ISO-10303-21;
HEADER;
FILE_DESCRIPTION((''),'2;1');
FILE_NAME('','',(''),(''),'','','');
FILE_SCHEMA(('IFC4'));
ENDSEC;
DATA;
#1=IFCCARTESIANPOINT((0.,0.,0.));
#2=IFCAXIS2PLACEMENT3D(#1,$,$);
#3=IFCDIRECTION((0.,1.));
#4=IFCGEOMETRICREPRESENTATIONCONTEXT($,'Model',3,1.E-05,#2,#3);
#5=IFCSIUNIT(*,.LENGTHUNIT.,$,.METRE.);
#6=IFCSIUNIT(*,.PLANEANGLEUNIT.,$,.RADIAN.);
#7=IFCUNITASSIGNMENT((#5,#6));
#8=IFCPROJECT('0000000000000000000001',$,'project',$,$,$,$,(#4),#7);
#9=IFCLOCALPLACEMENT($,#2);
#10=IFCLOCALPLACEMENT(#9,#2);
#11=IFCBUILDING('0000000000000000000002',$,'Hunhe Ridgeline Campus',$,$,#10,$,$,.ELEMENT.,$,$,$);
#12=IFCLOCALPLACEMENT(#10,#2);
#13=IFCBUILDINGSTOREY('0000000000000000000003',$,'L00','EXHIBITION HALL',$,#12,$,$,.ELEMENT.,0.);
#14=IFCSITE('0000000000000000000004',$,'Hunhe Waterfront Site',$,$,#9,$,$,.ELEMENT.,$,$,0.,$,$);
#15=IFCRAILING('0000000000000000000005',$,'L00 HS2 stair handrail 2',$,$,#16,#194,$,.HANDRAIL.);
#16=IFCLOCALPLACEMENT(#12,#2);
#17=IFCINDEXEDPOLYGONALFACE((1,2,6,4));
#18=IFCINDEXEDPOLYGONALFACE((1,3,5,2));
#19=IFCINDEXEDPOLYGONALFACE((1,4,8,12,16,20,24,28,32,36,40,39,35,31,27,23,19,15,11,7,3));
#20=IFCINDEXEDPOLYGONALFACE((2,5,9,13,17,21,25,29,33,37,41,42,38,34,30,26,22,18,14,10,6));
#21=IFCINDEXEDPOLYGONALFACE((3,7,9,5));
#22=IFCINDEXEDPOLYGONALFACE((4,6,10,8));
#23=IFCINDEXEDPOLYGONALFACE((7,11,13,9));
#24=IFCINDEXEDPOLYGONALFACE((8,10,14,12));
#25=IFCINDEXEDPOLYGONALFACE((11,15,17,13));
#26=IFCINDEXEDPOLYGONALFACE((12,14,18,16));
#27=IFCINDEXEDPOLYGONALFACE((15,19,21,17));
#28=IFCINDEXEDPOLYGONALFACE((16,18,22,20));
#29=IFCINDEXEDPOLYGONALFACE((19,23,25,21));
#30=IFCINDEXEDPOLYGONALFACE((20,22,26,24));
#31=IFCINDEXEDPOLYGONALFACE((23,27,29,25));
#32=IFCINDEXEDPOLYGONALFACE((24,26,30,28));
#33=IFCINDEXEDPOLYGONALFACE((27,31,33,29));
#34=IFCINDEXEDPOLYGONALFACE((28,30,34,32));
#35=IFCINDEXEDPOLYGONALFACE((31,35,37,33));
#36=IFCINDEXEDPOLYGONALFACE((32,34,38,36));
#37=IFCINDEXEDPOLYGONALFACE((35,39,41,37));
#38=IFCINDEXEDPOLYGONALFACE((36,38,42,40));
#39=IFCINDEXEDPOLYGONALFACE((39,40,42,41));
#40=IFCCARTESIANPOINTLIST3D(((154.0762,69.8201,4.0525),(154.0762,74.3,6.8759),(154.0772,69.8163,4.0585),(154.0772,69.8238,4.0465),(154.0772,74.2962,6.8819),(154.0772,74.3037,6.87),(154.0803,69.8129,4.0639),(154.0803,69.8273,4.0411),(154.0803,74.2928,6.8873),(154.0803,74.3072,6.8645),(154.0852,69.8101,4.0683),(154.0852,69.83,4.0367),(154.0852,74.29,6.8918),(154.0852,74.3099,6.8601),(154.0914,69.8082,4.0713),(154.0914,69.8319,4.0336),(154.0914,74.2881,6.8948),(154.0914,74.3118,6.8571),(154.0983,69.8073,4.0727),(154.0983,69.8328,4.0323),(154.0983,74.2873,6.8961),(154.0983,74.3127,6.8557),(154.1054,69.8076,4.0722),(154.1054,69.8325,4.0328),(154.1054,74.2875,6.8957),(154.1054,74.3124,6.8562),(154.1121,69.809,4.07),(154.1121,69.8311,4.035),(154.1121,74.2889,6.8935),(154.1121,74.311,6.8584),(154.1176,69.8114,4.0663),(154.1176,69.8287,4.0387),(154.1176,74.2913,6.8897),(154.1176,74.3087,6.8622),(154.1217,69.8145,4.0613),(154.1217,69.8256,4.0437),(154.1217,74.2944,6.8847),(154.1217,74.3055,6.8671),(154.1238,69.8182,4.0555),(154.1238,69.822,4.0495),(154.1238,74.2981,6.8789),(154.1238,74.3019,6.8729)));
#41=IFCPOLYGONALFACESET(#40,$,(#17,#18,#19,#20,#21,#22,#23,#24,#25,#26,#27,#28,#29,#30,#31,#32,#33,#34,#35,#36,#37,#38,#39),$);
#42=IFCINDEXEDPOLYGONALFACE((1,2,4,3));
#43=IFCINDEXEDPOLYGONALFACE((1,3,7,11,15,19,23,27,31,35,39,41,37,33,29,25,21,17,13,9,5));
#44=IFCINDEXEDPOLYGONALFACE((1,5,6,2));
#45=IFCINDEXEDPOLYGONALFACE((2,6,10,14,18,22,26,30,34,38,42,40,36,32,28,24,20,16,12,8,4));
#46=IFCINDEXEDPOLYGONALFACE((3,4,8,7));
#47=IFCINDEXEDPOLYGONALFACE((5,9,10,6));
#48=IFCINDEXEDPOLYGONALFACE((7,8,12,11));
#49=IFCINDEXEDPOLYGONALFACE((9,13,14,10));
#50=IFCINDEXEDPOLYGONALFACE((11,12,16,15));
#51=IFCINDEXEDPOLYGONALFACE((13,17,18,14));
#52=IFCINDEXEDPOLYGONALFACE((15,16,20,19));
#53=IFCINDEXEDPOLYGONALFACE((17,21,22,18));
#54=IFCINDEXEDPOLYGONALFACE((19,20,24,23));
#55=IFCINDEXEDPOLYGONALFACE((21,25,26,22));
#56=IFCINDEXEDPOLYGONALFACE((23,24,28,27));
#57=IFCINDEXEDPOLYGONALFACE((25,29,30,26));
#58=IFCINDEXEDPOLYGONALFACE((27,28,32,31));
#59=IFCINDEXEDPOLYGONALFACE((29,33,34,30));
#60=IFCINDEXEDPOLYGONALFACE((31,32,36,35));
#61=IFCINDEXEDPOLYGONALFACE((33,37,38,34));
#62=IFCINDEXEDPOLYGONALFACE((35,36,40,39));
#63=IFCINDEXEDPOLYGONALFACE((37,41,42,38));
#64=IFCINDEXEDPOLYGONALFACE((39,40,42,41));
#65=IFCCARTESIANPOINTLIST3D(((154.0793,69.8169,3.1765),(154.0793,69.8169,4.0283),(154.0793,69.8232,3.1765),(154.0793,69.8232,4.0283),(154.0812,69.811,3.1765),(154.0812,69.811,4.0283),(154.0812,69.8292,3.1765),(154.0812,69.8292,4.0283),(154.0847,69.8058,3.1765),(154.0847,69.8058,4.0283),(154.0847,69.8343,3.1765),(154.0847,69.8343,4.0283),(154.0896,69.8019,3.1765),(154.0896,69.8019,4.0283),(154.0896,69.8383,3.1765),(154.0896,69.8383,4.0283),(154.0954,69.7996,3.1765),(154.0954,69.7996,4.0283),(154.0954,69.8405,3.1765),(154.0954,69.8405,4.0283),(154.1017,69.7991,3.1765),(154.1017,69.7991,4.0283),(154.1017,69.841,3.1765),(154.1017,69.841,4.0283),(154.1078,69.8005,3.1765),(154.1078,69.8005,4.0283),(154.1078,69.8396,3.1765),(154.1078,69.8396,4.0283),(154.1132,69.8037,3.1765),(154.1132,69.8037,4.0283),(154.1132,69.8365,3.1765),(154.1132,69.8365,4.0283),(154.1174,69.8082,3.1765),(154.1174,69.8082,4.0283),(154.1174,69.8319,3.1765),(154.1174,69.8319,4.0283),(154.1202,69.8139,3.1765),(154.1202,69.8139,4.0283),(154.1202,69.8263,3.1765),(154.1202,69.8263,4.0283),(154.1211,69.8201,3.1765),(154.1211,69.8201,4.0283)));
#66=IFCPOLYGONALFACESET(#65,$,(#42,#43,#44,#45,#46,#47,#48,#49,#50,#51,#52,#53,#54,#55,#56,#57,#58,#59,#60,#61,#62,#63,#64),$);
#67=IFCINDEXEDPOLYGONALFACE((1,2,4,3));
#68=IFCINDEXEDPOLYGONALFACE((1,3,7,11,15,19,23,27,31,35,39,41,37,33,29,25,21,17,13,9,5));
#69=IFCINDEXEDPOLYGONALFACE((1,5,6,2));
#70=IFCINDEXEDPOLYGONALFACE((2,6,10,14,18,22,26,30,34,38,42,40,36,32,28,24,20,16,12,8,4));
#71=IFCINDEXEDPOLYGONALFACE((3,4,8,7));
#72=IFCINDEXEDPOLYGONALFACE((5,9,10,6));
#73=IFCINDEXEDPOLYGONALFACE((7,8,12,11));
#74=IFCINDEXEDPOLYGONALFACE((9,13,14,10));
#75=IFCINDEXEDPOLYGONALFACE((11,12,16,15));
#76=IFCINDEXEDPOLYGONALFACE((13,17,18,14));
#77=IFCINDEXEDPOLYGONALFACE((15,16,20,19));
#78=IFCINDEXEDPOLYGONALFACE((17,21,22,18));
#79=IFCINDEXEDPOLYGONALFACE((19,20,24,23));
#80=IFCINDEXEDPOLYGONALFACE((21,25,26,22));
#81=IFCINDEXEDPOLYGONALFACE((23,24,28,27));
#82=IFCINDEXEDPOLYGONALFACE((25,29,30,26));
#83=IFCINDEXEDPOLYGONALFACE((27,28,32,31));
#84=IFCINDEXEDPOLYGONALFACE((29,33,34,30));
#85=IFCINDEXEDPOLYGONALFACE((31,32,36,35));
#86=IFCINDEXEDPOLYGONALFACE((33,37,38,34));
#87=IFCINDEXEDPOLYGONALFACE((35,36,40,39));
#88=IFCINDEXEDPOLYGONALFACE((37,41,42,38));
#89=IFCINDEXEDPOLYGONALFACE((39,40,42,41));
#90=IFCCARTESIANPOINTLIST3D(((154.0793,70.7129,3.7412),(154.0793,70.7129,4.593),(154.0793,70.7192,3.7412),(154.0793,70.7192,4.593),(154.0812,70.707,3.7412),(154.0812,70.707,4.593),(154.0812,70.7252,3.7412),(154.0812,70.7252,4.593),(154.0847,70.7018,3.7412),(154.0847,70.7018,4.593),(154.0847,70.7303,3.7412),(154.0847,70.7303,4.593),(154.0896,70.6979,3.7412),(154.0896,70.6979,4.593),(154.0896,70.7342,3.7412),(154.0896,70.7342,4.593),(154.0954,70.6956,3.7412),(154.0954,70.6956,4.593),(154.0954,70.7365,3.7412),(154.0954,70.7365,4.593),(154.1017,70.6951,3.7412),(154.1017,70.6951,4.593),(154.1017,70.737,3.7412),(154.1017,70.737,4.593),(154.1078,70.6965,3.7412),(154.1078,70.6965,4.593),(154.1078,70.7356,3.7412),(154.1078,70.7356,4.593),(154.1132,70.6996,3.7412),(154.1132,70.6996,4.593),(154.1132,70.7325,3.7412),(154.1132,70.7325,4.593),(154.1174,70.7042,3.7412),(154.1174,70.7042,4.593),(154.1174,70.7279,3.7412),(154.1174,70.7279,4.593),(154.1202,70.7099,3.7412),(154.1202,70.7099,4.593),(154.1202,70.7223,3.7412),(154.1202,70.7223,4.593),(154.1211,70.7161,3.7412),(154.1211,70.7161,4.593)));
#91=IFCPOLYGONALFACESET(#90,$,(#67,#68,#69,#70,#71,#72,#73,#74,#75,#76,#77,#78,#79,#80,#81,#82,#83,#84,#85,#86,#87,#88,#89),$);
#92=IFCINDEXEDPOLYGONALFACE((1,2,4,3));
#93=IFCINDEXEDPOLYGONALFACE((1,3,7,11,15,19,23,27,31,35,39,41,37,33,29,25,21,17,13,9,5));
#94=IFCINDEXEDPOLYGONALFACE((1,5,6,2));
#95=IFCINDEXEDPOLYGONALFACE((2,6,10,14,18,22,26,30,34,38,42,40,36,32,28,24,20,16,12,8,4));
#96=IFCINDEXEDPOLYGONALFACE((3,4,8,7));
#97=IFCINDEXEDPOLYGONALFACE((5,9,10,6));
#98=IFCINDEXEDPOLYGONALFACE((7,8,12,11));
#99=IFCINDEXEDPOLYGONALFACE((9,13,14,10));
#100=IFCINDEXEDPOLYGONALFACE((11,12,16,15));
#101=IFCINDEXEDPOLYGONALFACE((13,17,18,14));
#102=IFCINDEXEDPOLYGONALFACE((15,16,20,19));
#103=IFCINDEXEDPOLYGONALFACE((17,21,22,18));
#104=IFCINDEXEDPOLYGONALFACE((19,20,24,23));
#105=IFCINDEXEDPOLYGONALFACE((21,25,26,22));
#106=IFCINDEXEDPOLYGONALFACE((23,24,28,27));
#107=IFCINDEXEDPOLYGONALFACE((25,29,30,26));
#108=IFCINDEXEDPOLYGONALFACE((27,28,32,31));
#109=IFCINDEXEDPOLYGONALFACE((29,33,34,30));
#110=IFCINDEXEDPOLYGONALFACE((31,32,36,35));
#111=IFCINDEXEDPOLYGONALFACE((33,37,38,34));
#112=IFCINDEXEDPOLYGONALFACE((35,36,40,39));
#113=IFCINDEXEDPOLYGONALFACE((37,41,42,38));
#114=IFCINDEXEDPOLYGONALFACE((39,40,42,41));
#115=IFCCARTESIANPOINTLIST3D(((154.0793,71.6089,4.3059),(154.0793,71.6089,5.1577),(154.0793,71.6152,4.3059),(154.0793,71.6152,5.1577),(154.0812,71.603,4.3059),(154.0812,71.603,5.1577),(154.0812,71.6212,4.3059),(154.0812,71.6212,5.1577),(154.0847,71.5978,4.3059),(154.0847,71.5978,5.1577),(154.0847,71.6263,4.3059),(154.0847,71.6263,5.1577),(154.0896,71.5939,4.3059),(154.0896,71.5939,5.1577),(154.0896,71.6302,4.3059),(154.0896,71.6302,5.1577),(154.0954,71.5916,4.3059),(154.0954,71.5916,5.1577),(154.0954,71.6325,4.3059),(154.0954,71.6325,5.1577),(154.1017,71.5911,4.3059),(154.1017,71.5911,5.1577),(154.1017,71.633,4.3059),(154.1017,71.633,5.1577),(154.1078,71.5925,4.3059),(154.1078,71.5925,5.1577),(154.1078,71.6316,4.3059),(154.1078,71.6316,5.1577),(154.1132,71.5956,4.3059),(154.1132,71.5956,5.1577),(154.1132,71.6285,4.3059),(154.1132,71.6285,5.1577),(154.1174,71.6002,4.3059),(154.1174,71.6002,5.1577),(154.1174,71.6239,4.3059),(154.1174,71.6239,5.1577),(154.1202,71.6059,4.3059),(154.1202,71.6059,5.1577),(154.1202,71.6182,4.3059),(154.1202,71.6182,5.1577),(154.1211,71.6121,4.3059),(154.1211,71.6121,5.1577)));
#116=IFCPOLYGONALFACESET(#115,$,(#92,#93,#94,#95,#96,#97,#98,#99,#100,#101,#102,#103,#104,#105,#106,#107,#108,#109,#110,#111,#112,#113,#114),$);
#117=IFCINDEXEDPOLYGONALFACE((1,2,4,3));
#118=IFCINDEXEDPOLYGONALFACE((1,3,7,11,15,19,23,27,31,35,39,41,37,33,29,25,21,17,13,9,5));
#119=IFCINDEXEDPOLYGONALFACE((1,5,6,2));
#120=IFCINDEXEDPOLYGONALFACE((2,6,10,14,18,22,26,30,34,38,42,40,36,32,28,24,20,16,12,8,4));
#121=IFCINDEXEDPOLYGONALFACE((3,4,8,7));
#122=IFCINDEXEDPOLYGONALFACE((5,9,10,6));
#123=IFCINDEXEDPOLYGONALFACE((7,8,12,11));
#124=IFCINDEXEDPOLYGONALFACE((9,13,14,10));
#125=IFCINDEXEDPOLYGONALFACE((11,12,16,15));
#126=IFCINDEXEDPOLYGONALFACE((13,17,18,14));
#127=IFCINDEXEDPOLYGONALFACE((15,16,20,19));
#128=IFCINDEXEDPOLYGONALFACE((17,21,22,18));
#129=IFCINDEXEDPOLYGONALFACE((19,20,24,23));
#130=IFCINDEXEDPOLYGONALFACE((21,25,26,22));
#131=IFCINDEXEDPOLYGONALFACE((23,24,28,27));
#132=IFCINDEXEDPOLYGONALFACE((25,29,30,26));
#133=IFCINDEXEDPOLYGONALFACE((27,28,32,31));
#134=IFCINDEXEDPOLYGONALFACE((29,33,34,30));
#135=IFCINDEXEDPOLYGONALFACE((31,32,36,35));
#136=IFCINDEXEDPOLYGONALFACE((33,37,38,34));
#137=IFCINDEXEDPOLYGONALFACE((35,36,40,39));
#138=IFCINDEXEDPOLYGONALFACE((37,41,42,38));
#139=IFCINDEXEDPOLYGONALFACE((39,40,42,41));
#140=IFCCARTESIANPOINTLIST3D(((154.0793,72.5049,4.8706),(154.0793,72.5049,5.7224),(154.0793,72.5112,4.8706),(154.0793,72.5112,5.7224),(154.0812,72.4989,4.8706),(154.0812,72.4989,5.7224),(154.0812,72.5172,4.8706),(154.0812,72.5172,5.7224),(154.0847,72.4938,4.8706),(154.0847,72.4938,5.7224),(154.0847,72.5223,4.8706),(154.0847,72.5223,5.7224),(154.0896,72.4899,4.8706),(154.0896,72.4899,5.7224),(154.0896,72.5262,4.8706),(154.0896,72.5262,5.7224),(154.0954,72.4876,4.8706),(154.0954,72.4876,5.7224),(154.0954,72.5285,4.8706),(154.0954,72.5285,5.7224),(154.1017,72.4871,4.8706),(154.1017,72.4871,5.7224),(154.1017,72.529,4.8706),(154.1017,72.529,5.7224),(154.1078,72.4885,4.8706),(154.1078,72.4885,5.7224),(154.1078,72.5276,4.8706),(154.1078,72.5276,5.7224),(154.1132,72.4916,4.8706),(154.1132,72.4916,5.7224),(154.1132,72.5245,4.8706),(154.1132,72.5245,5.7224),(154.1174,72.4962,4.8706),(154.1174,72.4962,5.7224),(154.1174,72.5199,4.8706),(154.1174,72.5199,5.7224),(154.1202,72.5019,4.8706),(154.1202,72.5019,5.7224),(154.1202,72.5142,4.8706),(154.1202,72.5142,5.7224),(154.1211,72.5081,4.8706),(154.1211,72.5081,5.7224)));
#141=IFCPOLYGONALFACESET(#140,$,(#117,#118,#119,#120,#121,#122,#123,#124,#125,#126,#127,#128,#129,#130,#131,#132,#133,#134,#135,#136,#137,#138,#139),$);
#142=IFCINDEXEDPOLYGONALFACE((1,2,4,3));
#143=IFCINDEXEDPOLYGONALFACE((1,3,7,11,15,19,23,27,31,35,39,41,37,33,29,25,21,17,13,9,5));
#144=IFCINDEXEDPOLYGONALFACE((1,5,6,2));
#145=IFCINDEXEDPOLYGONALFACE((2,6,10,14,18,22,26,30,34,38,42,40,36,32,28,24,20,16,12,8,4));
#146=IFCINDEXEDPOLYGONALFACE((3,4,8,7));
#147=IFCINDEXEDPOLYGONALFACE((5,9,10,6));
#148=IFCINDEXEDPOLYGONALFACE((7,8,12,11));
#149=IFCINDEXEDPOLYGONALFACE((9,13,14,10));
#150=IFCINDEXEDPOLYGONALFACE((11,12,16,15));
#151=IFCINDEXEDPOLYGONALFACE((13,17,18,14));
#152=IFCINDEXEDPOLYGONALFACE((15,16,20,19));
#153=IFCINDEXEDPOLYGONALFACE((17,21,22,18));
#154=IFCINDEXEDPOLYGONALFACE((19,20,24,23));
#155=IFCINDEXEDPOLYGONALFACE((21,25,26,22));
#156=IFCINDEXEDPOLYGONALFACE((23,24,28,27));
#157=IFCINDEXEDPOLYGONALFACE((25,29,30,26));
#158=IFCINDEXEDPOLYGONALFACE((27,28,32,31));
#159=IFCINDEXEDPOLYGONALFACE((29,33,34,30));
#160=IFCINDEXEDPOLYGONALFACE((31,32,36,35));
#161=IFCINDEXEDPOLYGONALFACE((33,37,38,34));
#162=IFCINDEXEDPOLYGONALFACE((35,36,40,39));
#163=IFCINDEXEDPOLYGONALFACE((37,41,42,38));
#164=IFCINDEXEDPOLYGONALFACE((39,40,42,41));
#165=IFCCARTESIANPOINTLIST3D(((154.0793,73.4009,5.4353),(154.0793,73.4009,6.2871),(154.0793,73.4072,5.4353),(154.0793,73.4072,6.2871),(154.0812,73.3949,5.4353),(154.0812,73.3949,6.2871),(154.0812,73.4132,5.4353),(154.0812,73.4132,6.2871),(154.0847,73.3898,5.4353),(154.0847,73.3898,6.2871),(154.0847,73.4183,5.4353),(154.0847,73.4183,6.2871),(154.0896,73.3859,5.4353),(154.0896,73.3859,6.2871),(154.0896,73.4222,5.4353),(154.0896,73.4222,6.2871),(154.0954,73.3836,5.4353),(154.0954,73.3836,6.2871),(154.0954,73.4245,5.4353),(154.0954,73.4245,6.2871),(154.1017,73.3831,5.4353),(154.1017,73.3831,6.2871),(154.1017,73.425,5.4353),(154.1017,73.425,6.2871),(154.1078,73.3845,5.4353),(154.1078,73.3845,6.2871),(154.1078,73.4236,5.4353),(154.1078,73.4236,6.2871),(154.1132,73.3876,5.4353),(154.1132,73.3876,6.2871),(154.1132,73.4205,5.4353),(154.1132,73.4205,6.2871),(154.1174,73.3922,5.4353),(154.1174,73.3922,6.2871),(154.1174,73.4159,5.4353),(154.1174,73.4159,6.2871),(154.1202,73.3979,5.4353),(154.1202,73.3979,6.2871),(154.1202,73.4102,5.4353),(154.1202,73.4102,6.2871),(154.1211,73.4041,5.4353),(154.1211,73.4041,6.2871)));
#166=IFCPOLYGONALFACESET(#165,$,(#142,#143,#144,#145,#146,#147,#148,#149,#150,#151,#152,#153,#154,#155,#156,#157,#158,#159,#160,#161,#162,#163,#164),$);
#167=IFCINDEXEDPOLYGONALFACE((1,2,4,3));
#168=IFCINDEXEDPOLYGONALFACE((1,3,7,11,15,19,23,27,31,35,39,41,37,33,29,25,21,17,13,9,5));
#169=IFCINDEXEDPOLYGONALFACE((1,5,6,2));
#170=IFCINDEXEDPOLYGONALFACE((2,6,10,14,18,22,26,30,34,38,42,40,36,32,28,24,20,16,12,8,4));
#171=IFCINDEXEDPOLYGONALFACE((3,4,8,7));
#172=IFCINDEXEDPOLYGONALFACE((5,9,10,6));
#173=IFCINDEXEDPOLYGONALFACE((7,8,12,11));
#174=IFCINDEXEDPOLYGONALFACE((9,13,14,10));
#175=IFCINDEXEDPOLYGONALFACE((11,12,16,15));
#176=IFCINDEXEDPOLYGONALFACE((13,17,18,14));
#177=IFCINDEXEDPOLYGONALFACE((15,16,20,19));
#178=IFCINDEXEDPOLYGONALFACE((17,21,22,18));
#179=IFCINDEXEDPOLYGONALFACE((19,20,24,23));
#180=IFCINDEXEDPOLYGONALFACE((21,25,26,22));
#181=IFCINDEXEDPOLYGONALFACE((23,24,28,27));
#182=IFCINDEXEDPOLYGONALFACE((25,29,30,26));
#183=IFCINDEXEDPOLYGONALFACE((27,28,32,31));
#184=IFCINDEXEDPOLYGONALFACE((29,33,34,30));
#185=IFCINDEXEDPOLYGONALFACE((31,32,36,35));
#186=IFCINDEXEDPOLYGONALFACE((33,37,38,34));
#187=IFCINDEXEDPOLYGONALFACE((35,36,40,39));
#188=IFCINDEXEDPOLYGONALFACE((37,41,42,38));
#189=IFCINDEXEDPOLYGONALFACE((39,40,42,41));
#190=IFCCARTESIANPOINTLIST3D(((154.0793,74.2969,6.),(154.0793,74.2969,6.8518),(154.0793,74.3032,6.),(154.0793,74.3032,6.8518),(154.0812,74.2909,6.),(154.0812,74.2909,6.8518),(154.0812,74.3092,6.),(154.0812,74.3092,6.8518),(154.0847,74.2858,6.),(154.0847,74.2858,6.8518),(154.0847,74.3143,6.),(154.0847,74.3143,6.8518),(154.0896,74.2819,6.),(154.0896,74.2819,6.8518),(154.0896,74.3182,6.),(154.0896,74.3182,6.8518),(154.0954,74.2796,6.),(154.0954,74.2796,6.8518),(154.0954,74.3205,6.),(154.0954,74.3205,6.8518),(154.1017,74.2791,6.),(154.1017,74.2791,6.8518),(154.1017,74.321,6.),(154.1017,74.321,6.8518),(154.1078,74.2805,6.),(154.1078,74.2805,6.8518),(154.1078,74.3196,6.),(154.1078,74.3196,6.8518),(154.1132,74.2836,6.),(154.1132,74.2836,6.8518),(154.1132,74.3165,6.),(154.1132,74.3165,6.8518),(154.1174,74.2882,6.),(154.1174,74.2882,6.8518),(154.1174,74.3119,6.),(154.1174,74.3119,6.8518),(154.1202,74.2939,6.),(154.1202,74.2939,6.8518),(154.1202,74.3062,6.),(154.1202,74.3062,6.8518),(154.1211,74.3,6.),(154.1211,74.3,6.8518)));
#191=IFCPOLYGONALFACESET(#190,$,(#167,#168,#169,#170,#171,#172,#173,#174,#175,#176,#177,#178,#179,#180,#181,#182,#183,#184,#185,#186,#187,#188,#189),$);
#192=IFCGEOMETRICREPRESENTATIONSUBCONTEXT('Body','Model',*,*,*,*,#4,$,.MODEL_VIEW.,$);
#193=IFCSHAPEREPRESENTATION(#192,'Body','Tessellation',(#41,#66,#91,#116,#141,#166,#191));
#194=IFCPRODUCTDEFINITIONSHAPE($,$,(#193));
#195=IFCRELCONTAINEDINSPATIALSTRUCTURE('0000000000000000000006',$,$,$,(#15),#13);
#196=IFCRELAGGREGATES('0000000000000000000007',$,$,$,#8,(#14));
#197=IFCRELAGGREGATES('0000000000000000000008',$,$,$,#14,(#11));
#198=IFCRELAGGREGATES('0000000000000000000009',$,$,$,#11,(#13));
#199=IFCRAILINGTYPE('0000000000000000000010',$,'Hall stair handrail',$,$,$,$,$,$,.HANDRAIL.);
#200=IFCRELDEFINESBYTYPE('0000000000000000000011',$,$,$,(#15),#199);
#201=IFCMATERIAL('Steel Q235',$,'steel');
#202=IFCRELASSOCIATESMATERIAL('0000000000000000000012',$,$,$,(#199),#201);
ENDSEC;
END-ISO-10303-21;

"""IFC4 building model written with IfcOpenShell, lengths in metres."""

from ifc_helpers import new_model, si_unit, direction, frame, origin, origin_2d, place, context, subcontext, project, spatial, circle, extrude, material, type_object, element, save


model = new_model("IFC4")

# Units and contexts
model_context = context("Model", 3, precision=1e-05, world=origin(), true_north=direction((0.0, 1.0)))
body_context = subcontext(model_context, "Body", "Model", "MODEL_VIEW")
ifc_project = project(units=[si_unit("LENGTHUNIT", "METRE"), si_unit("PLANEANGLEUNIT", "RADIAN")], contexts=[model_context])

# Site, building, storey
site_placement = place(None, origin())
site = spatial("IfcSite", under=ifc_project, at=site_placement, Name="Hunhe Waterfront Site", CompositionType="ELEMENT", RefElevation=0.0)
building_placement = place(site_placement, origin())
building = spatial("IfcBuilding", under=site, at=building_placement, Name="Hunhe Ridgeline Campus", CompositionType="ELEMENT")
storey_placement = place(building_placement, origin())
storey = spatial("IfcBuildingStorey", under=building, at=storey_placement, Name="L00", Description="EXHIBITION HALL", CompositionType="ELEMENT", Elevation=0.0)

# Shared definitions
ifc_material_1 = material(Name="Steel Q235", Category="steel")

# Railing
railing_type_1 = type_object("IfcRailingType", Name="Hall stair handrail", PredefinedType="HANDRAIL", material=ifc_material_1)
railing_1_placement = place(storey_placement, frame((154.1001, 69.8201, 3.1765)))
element("IfcRailing", 1, at=railing_1_placement, inside=storey, type_object=railing_type_1, Name="L00 HS2 stair handrail 2", PredefinedType="HANDRAIL", context=body_context, shape_type="SweptSolid", body=[
    extrude(circle(Radius=0.0239, at=origin_2d()), frame((0.0, 0.0, 0.876), z_axis=(0.0, 0.845998, 0.533186), x_axis=(-1.0, 0.0, 0.0)), (0.0, 0.0, 1.0), 5.2954),
    extrude(circle(Radius=0.021, at=origin_2d()), origin(), (0.0, 0.0, 1.0), 0.8518),
    extrude(circle(Radius=0.021, at=origin_2d()), frame((0.0, 0.896, 0.5647)), (0.0, 0.0, 1.0), 0.8518),
    extrude(circle(Radius=0.021, at=origin_2d()), frame((0.0, 1.792, 1.1294)), (0.0, 0.0, 1.0), 0.8518),
    extrude(circle(Radius=0.021, at=origin_2d()), frame((0.0, 2.688, 1.6941)), (0.0, 0.0, 1.0), 0.8518),
    extrude(circle(Radius=0.021, at=origin_2d()), frame((0.0, 3.584, 2.2588)), (0.0, 0.0, 1.0), 0.8518),
    extrude(circle(Radius=0.021, at=origin_2d()), frame((0.0, 4.48, 2.8235)), (0.0, 0.0, 1.0), 0.8518),
])

save(model, "model.ifc")
